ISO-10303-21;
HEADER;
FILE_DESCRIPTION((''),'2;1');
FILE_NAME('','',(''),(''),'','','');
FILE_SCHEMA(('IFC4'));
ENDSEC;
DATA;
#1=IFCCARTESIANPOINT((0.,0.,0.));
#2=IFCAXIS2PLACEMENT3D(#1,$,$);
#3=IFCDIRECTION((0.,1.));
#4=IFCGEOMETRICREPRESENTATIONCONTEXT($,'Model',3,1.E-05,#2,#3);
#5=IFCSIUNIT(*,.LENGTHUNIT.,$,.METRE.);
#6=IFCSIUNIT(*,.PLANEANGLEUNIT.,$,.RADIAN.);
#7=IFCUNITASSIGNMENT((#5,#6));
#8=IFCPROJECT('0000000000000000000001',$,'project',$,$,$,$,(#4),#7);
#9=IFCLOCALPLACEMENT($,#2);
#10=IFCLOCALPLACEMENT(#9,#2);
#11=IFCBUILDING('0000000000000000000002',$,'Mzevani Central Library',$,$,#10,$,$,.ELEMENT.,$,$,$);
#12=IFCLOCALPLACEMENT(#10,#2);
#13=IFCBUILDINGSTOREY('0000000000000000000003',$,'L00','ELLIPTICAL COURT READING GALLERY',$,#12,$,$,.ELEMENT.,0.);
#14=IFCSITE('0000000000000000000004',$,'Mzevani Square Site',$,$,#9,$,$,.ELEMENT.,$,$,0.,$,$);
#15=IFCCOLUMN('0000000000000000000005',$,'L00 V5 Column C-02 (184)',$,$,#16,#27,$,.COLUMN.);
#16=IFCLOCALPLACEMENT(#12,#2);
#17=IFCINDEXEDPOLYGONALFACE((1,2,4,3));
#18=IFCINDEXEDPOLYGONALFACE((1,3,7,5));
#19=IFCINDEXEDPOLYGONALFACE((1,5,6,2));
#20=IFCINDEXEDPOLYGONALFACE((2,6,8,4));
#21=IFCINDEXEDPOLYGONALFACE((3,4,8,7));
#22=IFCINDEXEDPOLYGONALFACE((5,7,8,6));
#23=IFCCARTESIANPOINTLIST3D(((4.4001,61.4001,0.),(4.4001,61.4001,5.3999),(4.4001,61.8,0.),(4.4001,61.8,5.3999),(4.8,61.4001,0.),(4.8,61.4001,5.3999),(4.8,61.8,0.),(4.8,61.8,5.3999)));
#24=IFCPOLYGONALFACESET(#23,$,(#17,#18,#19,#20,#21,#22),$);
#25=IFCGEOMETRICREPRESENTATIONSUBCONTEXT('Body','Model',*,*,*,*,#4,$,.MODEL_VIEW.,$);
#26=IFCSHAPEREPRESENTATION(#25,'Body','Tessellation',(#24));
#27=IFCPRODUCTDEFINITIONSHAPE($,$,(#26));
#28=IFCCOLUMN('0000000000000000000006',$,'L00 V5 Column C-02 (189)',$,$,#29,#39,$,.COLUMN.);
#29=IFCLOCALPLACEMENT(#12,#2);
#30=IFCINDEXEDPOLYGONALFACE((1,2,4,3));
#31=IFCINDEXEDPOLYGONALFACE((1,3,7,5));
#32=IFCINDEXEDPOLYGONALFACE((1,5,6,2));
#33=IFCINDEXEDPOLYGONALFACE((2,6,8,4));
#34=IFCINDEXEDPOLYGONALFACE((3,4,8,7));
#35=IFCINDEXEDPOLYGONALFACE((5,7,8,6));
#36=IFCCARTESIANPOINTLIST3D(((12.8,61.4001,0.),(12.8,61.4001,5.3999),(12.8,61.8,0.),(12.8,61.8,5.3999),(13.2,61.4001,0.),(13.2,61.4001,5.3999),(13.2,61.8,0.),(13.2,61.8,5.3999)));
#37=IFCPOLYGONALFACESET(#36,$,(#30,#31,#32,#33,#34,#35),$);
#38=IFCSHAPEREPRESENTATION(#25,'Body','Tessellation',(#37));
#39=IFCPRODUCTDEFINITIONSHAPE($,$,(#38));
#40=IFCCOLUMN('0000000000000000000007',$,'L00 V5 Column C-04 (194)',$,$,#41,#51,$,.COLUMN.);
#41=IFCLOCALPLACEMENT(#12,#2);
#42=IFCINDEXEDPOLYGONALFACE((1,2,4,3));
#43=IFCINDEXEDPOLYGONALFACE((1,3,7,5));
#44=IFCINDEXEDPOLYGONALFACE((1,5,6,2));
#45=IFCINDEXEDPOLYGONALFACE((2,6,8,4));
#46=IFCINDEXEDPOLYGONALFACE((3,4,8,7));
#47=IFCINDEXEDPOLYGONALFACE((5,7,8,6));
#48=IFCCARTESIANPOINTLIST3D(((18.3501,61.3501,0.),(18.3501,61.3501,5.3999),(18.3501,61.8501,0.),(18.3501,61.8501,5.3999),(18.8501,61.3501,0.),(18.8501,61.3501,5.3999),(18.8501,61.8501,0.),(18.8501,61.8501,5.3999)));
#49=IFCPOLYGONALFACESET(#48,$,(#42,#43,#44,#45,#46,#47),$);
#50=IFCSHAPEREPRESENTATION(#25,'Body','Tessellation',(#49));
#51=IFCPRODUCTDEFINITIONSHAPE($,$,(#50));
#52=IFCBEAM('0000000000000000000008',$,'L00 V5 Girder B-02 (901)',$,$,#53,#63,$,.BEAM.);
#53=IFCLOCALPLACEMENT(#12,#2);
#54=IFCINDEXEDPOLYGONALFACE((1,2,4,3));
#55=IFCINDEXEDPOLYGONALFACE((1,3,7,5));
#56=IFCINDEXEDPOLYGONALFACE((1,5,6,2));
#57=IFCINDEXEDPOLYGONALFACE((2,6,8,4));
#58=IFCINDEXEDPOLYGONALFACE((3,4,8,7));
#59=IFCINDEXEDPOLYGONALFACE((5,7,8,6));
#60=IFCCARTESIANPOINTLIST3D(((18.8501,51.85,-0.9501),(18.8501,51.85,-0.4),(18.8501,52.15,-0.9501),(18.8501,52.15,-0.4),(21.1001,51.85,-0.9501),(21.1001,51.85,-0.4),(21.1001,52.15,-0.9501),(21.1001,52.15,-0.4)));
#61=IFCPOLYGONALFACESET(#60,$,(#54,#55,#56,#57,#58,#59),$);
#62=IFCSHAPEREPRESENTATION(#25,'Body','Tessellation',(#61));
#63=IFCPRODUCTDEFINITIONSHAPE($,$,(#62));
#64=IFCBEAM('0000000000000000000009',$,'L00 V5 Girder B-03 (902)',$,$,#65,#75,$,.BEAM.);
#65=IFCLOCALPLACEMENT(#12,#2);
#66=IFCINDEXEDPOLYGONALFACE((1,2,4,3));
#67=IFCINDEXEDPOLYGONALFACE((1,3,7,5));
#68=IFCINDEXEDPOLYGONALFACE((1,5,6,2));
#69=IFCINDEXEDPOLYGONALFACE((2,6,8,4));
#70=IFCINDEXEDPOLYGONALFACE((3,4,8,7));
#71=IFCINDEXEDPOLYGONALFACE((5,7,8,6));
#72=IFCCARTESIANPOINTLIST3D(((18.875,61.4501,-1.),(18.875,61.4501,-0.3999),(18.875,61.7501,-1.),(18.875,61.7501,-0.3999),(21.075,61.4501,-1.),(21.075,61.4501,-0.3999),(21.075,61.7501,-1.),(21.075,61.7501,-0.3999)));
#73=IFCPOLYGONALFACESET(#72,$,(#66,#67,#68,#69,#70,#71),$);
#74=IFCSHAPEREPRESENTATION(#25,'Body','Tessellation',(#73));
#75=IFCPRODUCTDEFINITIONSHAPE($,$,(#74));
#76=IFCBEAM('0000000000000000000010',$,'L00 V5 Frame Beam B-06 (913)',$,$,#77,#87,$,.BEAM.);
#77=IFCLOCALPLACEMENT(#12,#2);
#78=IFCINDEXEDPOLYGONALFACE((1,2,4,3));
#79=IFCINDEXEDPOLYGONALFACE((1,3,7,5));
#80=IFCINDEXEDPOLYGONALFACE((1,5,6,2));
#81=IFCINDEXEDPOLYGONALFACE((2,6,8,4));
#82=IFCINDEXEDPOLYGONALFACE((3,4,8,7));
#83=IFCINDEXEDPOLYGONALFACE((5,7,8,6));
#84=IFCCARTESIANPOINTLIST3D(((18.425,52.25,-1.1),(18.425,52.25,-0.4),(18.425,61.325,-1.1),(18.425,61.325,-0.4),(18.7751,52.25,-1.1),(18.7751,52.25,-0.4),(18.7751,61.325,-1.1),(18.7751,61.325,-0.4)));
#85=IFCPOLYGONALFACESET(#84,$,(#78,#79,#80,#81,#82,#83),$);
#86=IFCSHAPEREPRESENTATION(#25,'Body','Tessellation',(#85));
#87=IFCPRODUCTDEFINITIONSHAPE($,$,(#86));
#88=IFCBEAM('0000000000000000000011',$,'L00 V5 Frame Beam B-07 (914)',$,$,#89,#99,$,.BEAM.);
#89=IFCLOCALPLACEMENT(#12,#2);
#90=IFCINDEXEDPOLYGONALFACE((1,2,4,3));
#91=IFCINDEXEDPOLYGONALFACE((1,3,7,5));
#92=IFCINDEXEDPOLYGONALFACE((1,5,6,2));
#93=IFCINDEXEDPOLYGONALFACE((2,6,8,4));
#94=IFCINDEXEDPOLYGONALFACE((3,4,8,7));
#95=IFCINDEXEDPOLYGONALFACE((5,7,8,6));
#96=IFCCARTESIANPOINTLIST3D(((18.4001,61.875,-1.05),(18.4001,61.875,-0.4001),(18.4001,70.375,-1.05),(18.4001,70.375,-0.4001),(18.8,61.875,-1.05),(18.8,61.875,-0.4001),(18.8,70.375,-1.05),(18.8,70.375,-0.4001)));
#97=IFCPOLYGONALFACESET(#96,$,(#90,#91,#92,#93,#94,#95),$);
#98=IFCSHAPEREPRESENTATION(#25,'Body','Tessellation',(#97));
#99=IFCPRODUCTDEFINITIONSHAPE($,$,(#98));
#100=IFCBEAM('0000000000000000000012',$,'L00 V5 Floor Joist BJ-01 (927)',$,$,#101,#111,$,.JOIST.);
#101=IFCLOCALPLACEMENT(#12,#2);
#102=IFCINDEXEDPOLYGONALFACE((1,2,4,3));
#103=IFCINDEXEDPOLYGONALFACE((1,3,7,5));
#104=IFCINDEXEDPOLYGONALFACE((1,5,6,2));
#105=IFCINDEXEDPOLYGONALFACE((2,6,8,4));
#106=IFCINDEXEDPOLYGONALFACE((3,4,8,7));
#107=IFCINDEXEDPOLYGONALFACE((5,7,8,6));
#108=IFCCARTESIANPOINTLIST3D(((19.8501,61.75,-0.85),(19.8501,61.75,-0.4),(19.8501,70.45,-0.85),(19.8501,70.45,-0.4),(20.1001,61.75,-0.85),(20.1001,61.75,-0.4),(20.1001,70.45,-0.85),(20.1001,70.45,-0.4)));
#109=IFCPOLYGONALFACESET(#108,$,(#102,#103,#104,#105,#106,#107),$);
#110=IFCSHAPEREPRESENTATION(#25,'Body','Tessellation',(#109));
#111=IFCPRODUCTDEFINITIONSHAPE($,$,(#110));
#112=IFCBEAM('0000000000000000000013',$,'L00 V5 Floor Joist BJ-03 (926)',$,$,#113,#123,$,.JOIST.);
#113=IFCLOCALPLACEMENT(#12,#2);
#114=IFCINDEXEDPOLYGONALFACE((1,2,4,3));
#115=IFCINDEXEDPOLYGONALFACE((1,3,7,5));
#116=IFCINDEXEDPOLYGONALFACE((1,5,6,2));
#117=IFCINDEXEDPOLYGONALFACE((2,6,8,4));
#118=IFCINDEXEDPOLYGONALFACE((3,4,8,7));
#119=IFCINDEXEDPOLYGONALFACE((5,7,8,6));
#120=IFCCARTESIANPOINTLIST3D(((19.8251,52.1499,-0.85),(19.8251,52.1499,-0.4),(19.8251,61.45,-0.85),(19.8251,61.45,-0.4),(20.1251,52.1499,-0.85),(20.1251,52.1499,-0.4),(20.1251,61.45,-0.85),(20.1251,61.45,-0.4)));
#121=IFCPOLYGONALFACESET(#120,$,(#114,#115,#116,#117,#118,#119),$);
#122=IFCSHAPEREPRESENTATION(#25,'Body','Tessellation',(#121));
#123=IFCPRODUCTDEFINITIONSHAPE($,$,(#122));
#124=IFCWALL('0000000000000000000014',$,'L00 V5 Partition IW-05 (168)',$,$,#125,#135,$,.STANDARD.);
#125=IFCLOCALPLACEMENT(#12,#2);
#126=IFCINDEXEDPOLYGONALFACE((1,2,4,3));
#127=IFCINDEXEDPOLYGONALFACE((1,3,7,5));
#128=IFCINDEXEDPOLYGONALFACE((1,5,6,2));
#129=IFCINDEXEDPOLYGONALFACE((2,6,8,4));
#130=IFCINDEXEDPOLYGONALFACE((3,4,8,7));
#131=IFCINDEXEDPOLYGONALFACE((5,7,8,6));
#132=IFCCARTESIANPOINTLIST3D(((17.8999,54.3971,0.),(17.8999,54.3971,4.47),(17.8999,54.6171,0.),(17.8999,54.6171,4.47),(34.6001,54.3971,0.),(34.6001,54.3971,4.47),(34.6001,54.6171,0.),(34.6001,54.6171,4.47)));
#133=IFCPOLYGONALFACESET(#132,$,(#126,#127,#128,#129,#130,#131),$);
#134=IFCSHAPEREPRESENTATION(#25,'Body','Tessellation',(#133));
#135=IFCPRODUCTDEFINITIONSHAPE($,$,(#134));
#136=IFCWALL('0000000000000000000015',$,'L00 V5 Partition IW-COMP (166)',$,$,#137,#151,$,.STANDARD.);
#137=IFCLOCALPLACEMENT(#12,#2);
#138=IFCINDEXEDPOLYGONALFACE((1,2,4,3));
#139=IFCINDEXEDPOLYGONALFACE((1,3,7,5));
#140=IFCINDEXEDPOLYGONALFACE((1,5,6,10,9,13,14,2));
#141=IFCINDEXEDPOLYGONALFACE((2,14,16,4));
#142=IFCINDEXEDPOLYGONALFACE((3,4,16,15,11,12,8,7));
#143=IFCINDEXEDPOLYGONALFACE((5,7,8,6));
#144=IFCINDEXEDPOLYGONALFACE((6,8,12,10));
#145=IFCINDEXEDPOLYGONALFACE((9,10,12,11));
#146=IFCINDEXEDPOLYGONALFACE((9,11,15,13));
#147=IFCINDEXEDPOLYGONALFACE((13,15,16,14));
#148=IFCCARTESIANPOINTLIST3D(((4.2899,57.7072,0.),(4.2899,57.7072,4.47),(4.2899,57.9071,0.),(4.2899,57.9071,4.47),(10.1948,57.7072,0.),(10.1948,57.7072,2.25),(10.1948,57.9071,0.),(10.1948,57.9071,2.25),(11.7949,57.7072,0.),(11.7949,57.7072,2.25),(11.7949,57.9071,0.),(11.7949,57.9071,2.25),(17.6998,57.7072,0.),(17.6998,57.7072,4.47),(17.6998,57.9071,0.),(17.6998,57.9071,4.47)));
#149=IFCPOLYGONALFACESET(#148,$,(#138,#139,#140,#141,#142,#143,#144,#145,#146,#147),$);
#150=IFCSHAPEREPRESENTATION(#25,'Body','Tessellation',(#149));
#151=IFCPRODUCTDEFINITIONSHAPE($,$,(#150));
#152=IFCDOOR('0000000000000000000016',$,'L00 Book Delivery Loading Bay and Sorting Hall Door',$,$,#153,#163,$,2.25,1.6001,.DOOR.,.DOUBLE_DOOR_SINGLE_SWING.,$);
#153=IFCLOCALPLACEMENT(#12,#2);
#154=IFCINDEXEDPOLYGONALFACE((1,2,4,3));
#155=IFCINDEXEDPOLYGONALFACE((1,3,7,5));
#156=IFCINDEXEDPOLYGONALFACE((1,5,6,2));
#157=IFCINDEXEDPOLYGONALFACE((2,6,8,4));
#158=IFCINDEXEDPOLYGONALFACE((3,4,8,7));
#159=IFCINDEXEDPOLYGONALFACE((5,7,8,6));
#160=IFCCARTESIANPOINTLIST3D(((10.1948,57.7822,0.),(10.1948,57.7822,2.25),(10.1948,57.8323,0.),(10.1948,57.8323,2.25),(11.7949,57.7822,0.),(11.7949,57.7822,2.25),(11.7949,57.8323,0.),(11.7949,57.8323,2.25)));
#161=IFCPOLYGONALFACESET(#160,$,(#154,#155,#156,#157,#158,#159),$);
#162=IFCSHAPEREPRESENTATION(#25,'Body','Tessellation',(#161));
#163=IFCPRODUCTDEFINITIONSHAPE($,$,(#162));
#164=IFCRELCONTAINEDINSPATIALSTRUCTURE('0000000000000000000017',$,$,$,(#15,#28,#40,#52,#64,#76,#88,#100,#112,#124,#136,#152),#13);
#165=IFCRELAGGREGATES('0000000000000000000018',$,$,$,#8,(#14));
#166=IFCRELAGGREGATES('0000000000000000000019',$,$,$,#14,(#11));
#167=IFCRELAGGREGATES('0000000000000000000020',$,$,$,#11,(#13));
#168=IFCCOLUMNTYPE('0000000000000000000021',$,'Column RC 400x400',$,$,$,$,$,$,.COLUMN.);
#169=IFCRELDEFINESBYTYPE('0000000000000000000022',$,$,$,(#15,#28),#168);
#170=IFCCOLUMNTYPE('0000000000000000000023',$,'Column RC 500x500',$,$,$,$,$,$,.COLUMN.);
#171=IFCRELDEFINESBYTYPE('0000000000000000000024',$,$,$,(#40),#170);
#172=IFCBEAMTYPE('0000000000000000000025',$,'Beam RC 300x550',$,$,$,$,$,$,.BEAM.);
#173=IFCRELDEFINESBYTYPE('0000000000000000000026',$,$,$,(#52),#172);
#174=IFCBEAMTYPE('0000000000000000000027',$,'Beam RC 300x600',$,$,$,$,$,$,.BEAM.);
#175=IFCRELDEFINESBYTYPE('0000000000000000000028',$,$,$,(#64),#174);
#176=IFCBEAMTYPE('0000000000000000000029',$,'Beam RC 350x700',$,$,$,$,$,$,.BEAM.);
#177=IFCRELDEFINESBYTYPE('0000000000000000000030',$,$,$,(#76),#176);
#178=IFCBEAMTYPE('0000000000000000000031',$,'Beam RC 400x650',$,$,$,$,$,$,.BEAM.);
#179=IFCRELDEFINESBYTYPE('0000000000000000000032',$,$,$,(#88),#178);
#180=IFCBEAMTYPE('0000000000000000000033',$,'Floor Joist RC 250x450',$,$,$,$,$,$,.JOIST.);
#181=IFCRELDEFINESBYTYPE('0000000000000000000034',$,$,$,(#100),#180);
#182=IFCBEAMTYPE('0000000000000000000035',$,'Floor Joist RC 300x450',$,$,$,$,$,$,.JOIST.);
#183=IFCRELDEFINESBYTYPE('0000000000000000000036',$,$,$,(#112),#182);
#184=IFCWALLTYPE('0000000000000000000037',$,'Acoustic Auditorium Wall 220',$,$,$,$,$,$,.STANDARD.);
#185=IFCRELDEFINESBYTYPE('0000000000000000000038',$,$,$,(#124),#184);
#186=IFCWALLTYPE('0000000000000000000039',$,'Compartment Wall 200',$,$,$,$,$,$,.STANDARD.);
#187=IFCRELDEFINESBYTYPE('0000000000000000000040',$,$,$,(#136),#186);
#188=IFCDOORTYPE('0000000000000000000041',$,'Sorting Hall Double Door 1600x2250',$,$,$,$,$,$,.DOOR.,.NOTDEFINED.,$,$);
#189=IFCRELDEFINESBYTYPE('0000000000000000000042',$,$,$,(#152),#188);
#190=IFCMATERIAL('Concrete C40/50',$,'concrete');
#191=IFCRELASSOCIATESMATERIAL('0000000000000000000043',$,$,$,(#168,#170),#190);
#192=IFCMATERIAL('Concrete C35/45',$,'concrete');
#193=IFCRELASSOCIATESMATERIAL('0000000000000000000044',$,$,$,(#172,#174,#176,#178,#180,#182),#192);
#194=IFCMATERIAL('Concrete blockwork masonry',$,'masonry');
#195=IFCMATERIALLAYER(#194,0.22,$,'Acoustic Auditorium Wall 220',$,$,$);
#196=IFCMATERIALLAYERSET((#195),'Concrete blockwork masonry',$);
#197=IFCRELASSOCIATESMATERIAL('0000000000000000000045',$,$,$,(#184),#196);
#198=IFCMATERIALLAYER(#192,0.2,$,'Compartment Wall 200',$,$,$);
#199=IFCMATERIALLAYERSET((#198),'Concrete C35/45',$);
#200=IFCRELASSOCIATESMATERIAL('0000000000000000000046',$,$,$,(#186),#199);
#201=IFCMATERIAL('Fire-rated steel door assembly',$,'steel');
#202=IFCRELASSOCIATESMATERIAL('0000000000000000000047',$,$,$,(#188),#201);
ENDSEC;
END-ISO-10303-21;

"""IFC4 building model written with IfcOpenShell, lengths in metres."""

from ifc_helpers import new_model, si_unit, direction, frame, frame_2d, origin, origin_2d, place, context, subcontext, project, spatial, rectangle, extrude, material, layer, layer_set, material_profile, profile_set, type_object, element, fill, save


model = new_model("IFC4")

# Units and contexts
model_context = context("Model", 3, precision=1e-05, world=origin(), true_north=direction((0.0, 1.0)))
body_context = subcontext(model_context, "Body", "Model", "MODEL_VIEW")
ifc_project = project(units=[si_unit("LENGTHUNIT", "METRE"), si_unit("PLANEANGLEUNIT", "RADIAN")], contexts=[model_context])

# Site, building, storey
site_placement = place(None, origin())
site = spatial("IfcSite", under=ifc_project, at=site_placement, Name="Mzevani Square Site", CompositionType="ELEMENT", RefElevation=0.0)
building_placement = place(site_placement, origin())
building = spatial("IfcBuilding", under=site, at=building_placement, Name="Mzevani Central Library", CompositionType="ELEMENT")
storey_placement = place(building_placement, origin())
storey = spatial("IfcBuildingStorey", under=building, at=storey_placement, Name="L00", Description="ELLIPTICAL COURT READING GALLERY", CompositionType="ELEMENT", Elevation=0.0)

# Columns
ifc_material_1 = material(Name="Concrete C40/50", Category="concrete")
ifc_material_profile_1 = material_profile(ifc_material_1, rectangle(XDim=0.3999, YDim=0.3999, at=origin_2d()), Name="RC 400x400")
ifc_profile_set_1 = profile_set([ifc_material_profile_1], Name="Concrete C40/50")
column_type_1 = type_object("IfcColumnType", Name="Column RC 400x400", PredefinedType="COLUMN", material=ifc_profile_set_1)
for number, where, z_axis, x_axis, name in (
    (1, (4.6001, 61.6001, 0.0), (0.0, 0.0, 1.0), (1.0, 0.0, 0.0), "L00 V5 Column C-02 (184)"),
    (2, (13.0, 61.6001, 0.0), (0.0, 0.0, 1.0), (1.0, 0.0, 0.0), "L00 V5 Column C-02 (189)"),
):
    element("IfcColumn", number, at=place(storey_placement, frame(where, z_axis=z_axis, x_axis=x_axis)), inside=storey, type_object=column_type_1, Name=name, PredefinedType="COLUMN", context=body_context, shape_type="SweptSolid", body=[
        extrude(rectangle(XDim=0.3999, YDim=0.3999, at=origin_2d()), origin(), (0.0, 0.0, 1.0), 5.3999),
    ])
ifc_material_profile_2 = material_profile(ifc_material_1, rectangle(XDim=0.5, YDim=0.5, at=origin_2d()), Name="RC 500x500")
ifc_profile_set_2 = profile_set([ifc_material_profile_2], Name="Concrete C40/50")
column_type_2 = type_object("IfcColumnType", Name="Column RC 500x500", PredefinedType="COLUMN", material=ifc_profile_set_2)
column_placement = place(storey_placement, frame((18.6001, 61.6001, 0.0), z_axis=(0.0, 0.0, 1.0), x_axis=(1.0, 0.0, 0.0)))
element("IfcColumn", 3, at=column_placement, inside=storey, type_object=column_type_2, Name="L00 V5 Column C-04 (194)", PredefinedType="COLUMN", context=body_context, shape_type="SweptSolid", body=[
    extrude(rectangle(XDim=0.5, YDim=0.5, at=origin_2d()), origin(), (0.0, 0.0, 1.0), 5.3999),
])

# Beams
ifc_material_2 = material(Name="Concrete C35/45", Category="concrete")
ifc_material_profile_3 = material_profile(ifc_material_2, rectangle(XDim=0.3, YDim=0.55, at=origin_2d()), Name="RC B300x550")
ifc_profile_set_3 = profile_set([ifc_material_profile_3], Name="Concrete C35/45")
beam_type_1 = type_object("IfcBeamType", Name="Beam RC 300x550", PredefinedType="BEAM", material=ifc_profile_set_3)
beam_1_placement = place(storey_placement, frame((18.8501, 52.0, -0.675), z_axis=(1.0, 0.0, 0.0), x_axis=(0.0, 1.0, 0.0)))
element("IfcBeam", 4, at=beam_1_placement, inside=storey, type_object=beam_type_1, Name="L00 V5 Girder B-02 (901)", PredefinedType="BEAM", context=body_context, shape_type="SweptSolid", body=[
    extrude(rectangle(XDim=0.3, YDim=0.55, at=origin_2d()), origin(), (0.0, 0.0, 1.0), 2.25),
])
ifc_material_profile_4 = material_profile(ifc_material_2, rectangle(XDim=0.3, YDim=0.6001, at=origin_2d()), Name="RC B300x600")
ifc_profile_set_4 = profile_set([ifc_material_profile_4], Name="Concrete C35/45")
beam_type_2 = type_object("IfcBeamType", Name="Beam RC 300x600", PredefinedType="BEAM", material=ifc_profile_set_4)
beam_2_placement = place(storey_placement, frame((18.875, 61.6001, -0.7), z_axis=(1.0, 0.0, 0.0), x_axis=(0.0, 1.0, 0.0)))
element("IfcBeam", 5, at=beam_2_placement, inside=storey, type_object=beam_type_2, Name="L00 V5 Girder B-03 (902)", PredefinedType="BEAM", context=body_context, shape_type="SweptSolid", body=[
    extrude(rectangle(XDim=0.3, YDim=0.6001, at=origin_2d()), origin(), (0.0, 0.0, 1.0), 2.2),
])
ifc_material_profile_5 = material_profile(ifc_material_2, rectangle(XDim=0.3501, YDim=0.7, at=origin_2d()), Name="RC B350x700")
ifc_profile_set_5 = profile_set([ifc_material_profile_5], Name="Concrete C35/45")
beam_type_3 = type_object("IfcBeamType", Name="Beam RC 350x700", PredefinedType="BEAM", material=ifc_profile_set_5)
beam_3_placement = place(storey_placement, frame((18.6001, 52.25, -0.75), z_axis=(0.0, 1.0, 0.0), x_axis=(-1.0, 0.0, 0.0)))
element("IfcBeam", 6, at=beam_3_placement, inside=storey, type_object=beam_type_3, Name="L00 V5 Frame Beam B-06 (913)", PredefinedType="BEAM", context=body_context, shape_type="SweptSolid", body=[
    extrude(rectangle(XDim=0.3501, YDim=0.7, at=origin_2d()), origin(), (0.0, 0.0, 1.0), 9.075),
])
ifc_material_profile_6 = material_profile(ifc_material_2, rectangle(XDim=0.3999, YDim=0.6499, at=origin_2d()), Name="RC B400x650")
ifc_profile_set_6 = profile_set([ifc_material_profile_6], Name="Concrete C35/45")
beam_type_4 = type_object("IfcBeamType", Name="Beam RC 400x650", PredefinedType="BEAM", material=ifc_profile_set_6)
beam_4_placement = place(storey_placement, frame((18.6001, 61.875, -0.7251), z_axis=(0.0, 1.0, 0.0), x_axis=(-1.0, 0.0, 0.0)))
element("IfcBeam", 7, at=beam_4_placement, inside=storey, type_object=beam_type_4, Name="L00 V5 Frame Beam B-07 (914)", PredefinedType="BEAM", context=body_context, shape_type="SweptSolid", body=[
    extrude(rectangle(XDim=0.3999, YDim=0.6499, at=origin_2d()), origin(), (0.0, 0.0, 1.0), 8.5),
])
ifc_material_profile_7 = material_profile(ifc_material_2, rectangle(XDim=0.25, YDim=0.45, at=origin_2d()), Name="RC J250x450")
ifc_profile_set_7 = profile_set([ifc_material_profile_7], Name="Concrete C35/45")
beam_type_5 = type_object("IfcBeamType", Name="Floor Joist RC 250x450", PredefinedType="JOIST", material=ifc_profile_set_7)
beam_5_placement = place(storey_placement, frame((19.9751, 61.75, -0.625), z_axis=(0.0, 1.0, 0.0), x_axis=(-1.0, 0.0, 0.0)))
element("IfcBeam", 8, at=beam_5_placement, inside=storey, type_object=beam_type_5, Name="L00 V5 Floor Joist BJ-01 (927)", PredefinedType="JOIST", context=body_context, shape_type="SweptSolid", body=[
    extrude(rectangle(XDim=0.25, YDim=0.45, at=origin_2d()), origin(), (0.0, 0.0, 1.0), 8.7),
])
ifc_material_profile_8 = material_profile(ifc_material_2, rectangle(XDim=0.3, YDim=0.45, at=origin_2d()), Name="RC J300x450")
ifc_profile_set_8 = profile_set([ifc_material_profile_8], Name="Concrete C35/45")
beam_type_6 = type_object("IfcBeamType", Name="Floor Joist RC 300x450", PredefinedType="JOIST", material=ifc_profile_set_8)
beam_6_placement = place(storey_placement, frame((19.9751, 52.1499, -0.625), z_axis=(0.0, 1.0, 0.0), x_axis=(-1.0, 0.0, 0.0)))
element("IfcBeam", 9, at=beam_6_placement, inside=storey, type_object=beam_type_6, Name="L00 V5 Floor Joist BJ-03 (926)", PredefinedType="JOIST", context=body_context, shape_type="SweptSolid", body=[
    extrude(rectangle(XDim=0.3, YDim=0.45, at=origin_2d()), origin(), (0.0, 0.0, 1.0), 9.3),
])

# Wall
ifc_material_3 = material(Name="Concrete blockwork masonry", Category="masonry")
ifc_layer_1 = layer(ifc_material_3, 0.22, Name="Acoustic Auditorium Wall 220")
ifc_layer_set_1 = layer_set([ifc_layer_1], Name="Concrete blockwork masonry")
wall_type_1 = type_object("IfcWallType", Name="Acoustic Auditorium Wall 220", PredefinedType="STANDARD", material=ifc_layer_set_1)
wall_1_placement = place(storey_placement, frame((17.8999, 54.5071, 0.0), z_axis=(0.0, 0.0, 1.0), x_axis=(1.0, 0.0, 0.0)))
element("IfcWall", 10, at=wall_1_placement, inside=storey, type_object=wall_type_1, Name="L00 V5 Partition IW-05 (168)", PredefinedType="STANDARD", context=body_context, shape_type="SweptSolid", body=[
    extrude(rectangle(XDim=16.7002, YDim=0.22, at=frame_2d((8.3501, 0.0))), origin(), (0.0, 0.0, 1.0), 4.47),
])

# Wall, opening, door
ifc_layer_2 = layer(ifc_material_2, 0.2, Name="Compartment Wall 200")
ifc_layer_set_2 = layer_set([ifc_layer_2], Name="Concrete C35/45")
wall_type_2 = type_object("IfcWallType", Name="Compartment Wall 200", PredefinedType="STANDARD", material=ifc_layer_set_2)
wall_2_placement = place(storey_placement, frame((17.7, 57.8071, 0.0), z_axis=(0.0, 0.0, 1.0), x_axis=(-1.0, 0.0, 0.0)))
wall_2 = element("IfcWall", 11, at=wall_2_placement, inside=storey, type_object=wall_type_2, Name="L00 V5 Partition IW-COMP (166)", PredefinedType="STANDARD", context=body_context, shape_type="SweptSolid", body=[
    extrude(rectangle(XDim=13.4099, YDim=0.2, at=frame_2d((6.7051, 0.0))), origin(), (0.0, 0.0, 1.0), 4.47),
])
opening_placement = place(wall_2_placement, frame((5.905, 0.0, 0.0)))
opening = element("IfcOpeningElement", 12, at=opening_placement, cuts=wall_2, PredefinedType="OPENING", context=body_context, shape_type="SweptSolid", body=[
    extrude(rectangle(XDim=1.6001, YDim=2.25, at=frame_2d((0.8, 1.125))), frame((0.0, 0.1099, 0.0), z_axis=(0.0, -1.0, 0.0), x_axis=(1.0, 0.0, 0.0)), (0.0, 0.0, 1.0), 0.22),
])
ifc_material_4 = material(Name="Fire-rated steel door assembly", Category="steel")
door_type = type_object("IfcDoorType", Name="Sorting Hall Double Door 1600x2250", OperationType="NOTDEFINED", PredefinedType="DOOR", material=ifc_material_4)
door_placement = place(opening_placement, origin())
door = element("IfcDoor", 13, at=door_placement, inside=storey, type_object=door_type, Name="L00 Book Delivery Loading Bay and Sorting Hall Door", OperationType="DOUBLE_DOOR_SINGLE_SWING", OverallHeight=2.25, OverallWidth=1.6001, PredefinedType="DOOR", context=body_context, shape_type="SweptSolid", body=[
    extrude(rectangle(XDim=1.6001, YDim=2.25, at=frame_2d((0.8, 1.125))), frame((0.0, 0.0249, 0.0), z_axis=(0.0, -1.0, 0.0), x_axis=(1.0, 0.0, 0.0)), (0.0, 0.0, 1.0), 0.05),
])
fill(opening, door)

save(model, "model.ifc")
